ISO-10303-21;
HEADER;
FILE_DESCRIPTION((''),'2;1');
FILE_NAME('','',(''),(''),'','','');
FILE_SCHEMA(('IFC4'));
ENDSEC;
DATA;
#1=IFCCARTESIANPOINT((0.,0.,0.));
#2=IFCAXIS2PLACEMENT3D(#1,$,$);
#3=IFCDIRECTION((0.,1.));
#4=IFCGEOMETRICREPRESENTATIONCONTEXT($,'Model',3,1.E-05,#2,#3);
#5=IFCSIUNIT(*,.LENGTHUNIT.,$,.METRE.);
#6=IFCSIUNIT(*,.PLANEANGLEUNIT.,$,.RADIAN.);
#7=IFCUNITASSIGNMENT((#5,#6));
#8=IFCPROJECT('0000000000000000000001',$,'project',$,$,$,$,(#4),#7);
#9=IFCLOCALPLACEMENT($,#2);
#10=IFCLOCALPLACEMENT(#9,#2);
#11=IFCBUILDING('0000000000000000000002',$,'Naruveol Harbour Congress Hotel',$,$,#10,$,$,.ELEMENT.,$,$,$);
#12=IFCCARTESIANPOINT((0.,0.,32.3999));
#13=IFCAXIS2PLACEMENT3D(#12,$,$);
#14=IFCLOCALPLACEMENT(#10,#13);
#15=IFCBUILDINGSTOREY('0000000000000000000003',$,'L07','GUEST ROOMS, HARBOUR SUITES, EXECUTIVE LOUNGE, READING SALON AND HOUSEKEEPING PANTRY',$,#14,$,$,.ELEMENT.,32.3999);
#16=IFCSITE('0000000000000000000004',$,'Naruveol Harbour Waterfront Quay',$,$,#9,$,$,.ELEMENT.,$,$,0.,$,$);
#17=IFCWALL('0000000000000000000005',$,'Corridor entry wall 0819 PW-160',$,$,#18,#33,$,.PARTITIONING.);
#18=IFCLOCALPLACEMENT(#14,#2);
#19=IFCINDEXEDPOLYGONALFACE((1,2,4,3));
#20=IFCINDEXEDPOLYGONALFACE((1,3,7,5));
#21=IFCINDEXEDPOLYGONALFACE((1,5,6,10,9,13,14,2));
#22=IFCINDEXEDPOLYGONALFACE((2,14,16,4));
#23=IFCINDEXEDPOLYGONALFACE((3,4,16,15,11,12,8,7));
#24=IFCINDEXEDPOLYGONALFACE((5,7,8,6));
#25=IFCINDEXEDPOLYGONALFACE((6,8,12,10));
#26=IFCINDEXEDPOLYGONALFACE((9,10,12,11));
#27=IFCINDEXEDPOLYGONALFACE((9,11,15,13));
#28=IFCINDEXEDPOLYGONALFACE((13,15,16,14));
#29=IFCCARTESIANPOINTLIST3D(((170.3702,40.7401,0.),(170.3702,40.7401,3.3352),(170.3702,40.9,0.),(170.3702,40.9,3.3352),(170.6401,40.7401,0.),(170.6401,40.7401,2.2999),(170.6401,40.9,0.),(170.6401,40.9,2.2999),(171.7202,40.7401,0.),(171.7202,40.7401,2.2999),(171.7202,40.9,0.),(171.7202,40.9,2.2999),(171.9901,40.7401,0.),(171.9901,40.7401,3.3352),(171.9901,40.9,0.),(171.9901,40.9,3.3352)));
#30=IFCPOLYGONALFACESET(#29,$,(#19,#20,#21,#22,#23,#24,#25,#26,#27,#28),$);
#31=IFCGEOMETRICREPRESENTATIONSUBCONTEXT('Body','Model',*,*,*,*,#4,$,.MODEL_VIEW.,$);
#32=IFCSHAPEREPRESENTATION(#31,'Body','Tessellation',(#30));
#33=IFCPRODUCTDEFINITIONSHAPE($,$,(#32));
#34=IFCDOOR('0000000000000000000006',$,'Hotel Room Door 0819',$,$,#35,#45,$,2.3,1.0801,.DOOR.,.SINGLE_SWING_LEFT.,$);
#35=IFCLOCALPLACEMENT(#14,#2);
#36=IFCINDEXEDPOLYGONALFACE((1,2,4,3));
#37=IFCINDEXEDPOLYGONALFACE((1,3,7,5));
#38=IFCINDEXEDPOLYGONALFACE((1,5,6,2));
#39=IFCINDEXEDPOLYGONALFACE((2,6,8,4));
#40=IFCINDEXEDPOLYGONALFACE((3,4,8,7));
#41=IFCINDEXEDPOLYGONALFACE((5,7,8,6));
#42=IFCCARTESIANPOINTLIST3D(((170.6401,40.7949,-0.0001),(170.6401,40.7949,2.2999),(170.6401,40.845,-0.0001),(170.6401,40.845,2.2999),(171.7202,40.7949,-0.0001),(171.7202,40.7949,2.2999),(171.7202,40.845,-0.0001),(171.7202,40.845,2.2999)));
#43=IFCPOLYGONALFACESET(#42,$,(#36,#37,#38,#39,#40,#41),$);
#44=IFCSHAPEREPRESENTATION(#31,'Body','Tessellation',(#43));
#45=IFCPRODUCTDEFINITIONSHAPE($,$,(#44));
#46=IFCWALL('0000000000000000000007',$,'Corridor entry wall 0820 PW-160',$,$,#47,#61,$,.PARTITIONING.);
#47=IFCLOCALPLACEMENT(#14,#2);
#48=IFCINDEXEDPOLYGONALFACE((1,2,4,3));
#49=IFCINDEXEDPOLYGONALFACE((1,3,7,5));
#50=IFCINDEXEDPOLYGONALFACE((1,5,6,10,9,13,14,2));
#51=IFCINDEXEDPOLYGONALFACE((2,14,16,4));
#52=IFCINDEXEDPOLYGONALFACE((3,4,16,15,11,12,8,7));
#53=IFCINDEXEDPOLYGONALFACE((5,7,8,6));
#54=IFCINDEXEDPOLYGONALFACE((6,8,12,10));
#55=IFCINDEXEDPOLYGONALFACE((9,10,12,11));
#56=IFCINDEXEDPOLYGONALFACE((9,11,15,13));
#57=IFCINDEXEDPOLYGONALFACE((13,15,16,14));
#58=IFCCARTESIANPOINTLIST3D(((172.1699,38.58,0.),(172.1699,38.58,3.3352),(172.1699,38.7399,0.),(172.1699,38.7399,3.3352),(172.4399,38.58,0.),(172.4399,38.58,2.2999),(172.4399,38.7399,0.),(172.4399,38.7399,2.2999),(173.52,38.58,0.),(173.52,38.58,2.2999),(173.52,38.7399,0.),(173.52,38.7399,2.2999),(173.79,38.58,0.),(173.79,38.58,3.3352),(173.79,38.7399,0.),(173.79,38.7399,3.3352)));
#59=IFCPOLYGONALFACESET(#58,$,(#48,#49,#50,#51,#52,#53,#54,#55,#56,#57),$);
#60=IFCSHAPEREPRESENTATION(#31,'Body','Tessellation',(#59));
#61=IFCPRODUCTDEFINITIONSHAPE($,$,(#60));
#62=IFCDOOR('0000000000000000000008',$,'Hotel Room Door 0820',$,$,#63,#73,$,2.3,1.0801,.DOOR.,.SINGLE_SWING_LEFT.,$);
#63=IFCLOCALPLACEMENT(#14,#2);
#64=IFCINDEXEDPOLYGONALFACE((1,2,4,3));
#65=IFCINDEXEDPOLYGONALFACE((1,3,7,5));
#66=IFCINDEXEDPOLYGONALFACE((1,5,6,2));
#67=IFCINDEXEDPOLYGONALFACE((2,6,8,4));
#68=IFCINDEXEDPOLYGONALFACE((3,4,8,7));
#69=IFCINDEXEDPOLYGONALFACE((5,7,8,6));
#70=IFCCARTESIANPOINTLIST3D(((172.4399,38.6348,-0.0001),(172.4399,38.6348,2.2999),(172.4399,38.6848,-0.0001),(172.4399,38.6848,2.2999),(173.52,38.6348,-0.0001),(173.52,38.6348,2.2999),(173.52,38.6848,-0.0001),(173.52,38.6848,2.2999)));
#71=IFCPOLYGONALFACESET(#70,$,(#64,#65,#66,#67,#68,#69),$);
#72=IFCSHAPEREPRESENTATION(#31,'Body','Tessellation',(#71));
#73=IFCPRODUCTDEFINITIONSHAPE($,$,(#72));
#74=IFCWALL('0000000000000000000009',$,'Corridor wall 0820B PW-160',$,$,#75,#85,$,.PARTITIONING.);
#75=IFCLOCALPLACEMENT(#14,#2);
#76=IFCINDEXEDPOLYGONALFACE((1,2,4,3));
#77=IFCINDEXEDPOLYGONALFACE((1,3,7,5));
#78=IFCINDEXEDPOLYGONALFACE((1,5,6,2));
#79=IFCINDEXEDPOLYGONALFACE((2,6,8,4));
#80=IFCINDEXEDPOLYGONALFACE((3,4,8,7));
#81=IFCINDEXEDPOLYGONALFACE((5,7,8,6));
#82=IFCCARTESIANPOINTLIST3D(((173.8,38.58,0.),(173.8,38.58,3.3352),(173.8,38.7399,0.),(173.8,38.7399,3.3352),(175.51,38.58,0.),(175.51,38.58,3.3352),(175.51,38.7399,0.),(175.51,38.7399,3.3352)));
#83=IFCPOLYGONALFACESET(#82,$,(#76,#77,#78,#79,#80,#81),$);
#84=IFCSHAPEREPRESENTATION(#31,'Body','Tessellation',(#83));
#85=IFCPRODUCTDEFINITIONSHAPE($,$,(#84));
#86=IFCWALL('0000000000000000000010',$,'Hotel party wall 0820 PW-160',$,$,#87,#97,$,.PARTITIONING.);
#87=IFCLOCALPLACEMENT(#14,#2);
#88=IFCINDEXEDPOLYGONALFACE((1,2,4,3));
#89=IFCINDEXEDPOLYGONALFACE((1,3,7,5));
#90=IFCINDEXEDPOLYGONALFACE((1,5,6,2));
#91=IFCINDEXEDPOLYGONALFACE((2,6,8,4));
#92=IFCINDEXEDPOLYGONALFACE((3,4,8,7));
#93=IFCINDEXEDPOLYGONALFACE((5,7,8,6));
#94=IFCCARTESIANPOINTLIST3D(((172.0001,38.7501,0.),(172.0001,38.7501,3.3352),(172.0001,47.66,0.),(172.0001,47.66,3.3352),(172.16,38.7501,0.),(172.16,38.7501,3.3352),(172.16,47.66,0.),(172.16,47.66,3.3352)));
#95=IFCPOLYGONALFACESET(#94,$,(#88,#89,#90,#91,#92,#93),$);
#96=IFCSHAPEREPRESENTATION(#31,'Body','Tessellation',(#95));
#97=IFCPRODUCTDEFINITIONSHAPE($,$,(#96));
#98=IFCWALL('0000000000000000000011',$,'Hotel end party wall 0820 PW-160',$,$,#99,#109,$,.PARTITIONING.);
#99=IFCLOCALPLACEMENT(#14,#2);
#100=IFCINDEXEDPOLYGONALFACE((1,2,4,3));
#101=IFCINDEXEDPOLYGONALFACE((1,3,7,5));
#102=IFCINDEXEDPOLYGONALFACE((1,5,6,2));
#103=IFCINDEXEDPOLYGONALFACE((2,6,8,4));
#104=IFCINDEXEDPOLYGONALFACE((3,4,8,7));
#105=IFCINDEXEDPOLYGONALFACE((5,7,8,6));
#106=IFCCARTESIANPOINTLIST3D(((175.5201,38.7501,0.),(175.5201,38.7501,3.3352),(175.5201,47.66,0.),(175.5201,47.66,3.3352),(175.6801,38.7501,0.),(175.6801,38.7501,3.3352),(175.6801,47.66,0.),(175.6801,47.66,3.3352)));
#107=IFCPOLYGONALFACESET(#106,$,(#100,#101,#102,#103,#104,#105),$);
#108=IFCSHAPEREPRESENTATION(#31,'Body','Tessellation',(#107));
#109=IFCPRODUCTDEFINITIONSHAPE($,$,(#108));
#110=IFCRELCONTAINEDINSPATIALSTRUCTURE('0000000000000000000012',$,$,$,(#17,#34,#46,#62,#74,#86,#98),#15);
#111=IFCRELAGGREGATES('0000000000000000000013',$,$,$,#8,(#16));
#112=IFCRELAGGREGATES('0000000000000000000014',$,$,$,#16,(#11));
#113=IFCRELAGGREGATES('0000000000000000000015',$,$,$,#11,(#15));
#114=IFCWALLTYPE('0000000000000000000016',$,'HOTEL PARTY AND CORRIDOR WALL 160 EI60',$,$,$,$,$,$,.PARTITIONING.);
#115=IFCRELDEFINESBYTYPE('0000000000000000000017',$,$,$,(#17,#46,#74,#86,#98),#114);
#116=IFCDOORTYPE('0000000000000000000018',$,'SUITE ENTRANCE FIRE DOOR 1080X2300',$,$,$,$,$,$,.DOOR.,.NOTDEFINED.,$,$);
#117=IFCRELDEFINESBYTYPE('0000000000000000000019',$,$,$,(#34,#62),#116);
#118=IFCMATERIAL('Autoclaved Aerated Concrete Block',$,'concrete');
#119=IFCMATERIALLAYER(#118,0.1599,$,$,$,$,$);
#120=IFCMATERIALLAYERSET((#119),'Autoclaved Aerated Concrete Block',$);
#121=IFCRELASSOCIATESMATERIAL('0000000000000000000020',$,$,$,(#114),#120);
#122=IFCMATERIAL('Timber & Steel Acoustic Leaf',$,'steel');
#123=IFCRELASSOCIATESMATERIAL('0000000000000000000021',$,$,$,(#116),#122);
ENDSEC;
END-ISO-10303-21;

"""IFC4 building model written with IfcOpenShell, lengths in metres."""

from ifc_helpers import new_model, si_unit, direction, frame, frame_2d, origin, place, context, subcontext, project, spatial, rectangle, extrude, material, layer, layer_set, type_object, element, fill, save


model = new_model("IFC4")

# Units and contexts
model_context = context("Model", 3, precision=1e-05, world=origin(), true_north=direction((0.0, 1.0)))
body_context = subcontext(model_context, "Body", "Model", "MODEL_VIEW")
ifc_project = project(units=[si_unit("LENGTHUNIT", "METRE"), si_unit("PLANEANGLEUNIT", "RADIAN")], contexts=[model_context])

# Site, building, storey
site_placement = place(None, origin())
site = spatial("IfcSite", under=ifc_project, at=site_placement, Name="Naruveol Harbour Waterfront Quay", CompositionType="ELEMENT", RefElevation=0.0)
building_placement = place(site_placement, origin())
building = spatial("IfcBuilding", under=site, at=building_placement, Name="Naruveol Harbour Congress Hotel", CompositionType="ELEMENT")
storey_placement = place(building_placement, frame((0.0, 0.0, 32.3999)))
storey = spatial("IfcBuildingStorey", under=building, at=storey_placement, Name="L07", Description="GUEST ROOMS, HARBOUR SUITES, EXECUTIVE LOUNGE, READING SALON AND HOUSEKEEPING PANTRY", CompositionType="ELEMENT", Elevation=32.3999)

# Walls, openings, doors
ifc_material_1 = material(Name="Autoclaved Aerated Concrete Block", Category="concrete")
ifc_layer_1 = layer(ifc_material_1, 0.1599)
ifc_layer_set_1 = layer_set([ifc_layer_1], Name="Autoclaved Aerated Concrete Block")
wall_type_1 = type_object("IfcWallType", Name="HOTEL PARTY AND CORRIDOR WALL 160 EI60", PredefinedType="PARTITIONING", material=ifc_layer_set_1)
wall_1_placement = place(storey_placement, frame((170.3701, 40.8201, 0.0), z_axis=(0.0, 0.0, 1.0), x_axis=(1.0, 0.0, 0.0)))
wall_1 = element("IfcWall", 1, at=wall_1_placement, inside=storey, type_object=wall_type_1, Name="Corridor entry wall 0819 PW-160", PredefinedType="PARTITIONING", context=body_context, shape_type="SweptSolid", body=[
    extrude(rectangle(XDim=1.6199, YDim=0.1599, at=frame_2d((0.8101, 0.0))), origin(), (0.0, 0.0, 1.0), 3.3352),
])
opening_1_placement = place(wall_1_placement, frame((0.27, 0.0, 0.0)))
opening_1 = element("IfcOpeningElement", 2, at=opening_1_placement, cuts=wall_1, PredefinedType="OPENING", context=body_context, shape_type="SweptSolid", body=[
    extrude(rectangle(XDim=1.0801, YDim=2.3, at=frame_2d((0.54, 1.1499))), frame((0.0, 0.0898, 0.0), z_axis=(0.0, -1.0, 0.0), x_axis=(1.0, 0.0, 0.0)), (0.0, 0.0, 1.0), 0.1799),
])
ifc_material_2 = material(Name="Timber & Steel Acoustic Leaf", Category="steel")
door_type_1 = type_object("IfcDoorType", Name="SUITE ENTRANCE FIRE DOOR 1080X2300", OperationType="NOTDEFINED", PredefinedType="DOOR", material=ifc_material_2)
door_1_placement = place(opening_1_placement, origin())
door_1 = element("IfcDoor", 3, at=door_1_placement, inside=storey, type_object=door_type_1, Name="Hotel Room Door 0819", OperationType="SINGLE_SWING_LEFT", OverallHeight=2.3, OverallWidth=1.0801, PredefinedType="DOOR", context=body_context, shape_type="SweptSolid", body=[
    extrude(rectangle(XDim=1.0801, YDim=2.3, at=frame_2d((0.54, 1.1499))), frame((0.0, 0.0249, 0.0), z_axis=(0.0, -1.0, 0.0), x_axis=(1.0, 0.0, 0.0)), (0.0, 0.0, 1.0), 0.05),
])
fill(opening_1, door_1)
wall_2_placement = place(storey_placement, frame((172.1699, 38.6599, 0.0), z_axis=(0.0, 0.0, 1.0), x_axis=(1.0, 0.0, 0.0)))
wall_2 = element("IfcWall", 4, at=wall_2_placement, inside=storey, type_object=wall_type_1, Name="Corridor entry wall 0820 PW-160", PredefinedType="PARTITIONING", context=body_context, shape_type="SweptSolid", body=[
    extrude(rectangle(XDim=1.6201, YDim=0.1599, at=frame_2d((0.8101, 0.0))), origin(), (0.0, 0.0, 1.0), 3.3352),
])
opening_2_placement = place(wall_2_placement, frame((0.27, 0.0, 0.0)))
opening_2 = element("IfcOpeningElement", 5, at=opening_2_placement, cuts=wall_2, PredefinedType="OPENING", context=body_context, shape_type="SweptSolid", body=[
    extrude(rectangle(XDim=1.0801, YDim=2.3, at=frame_2d((0.54, 1.1499))), frame((0.0, 0.0898, 0.0), z_axis=(0.0, -1.0, 0.0), x_axis=(1.0, 0.0, 0.0)), (0.0, 0.0, 1.0), 0.1799),
])
door_2_placement = place(opening_2_placement, origin())
door_2 = element("IfcDoor", 6, at=door_2_placement, inside=storey, type_object=door_type_1, Name="Hotel Room Door 0820", OperationType="SINGLE_SWING_LEFT", OverallHeight=2.3, OverallWidth=1.0801, PredefinedType="DOOR", context=body_context, shape_type="SweptSolid", body=[
    extrude(rectangle(XDim=1.0801, YDim=2.3, at=frame_2d((0.54, 1.1499))), frame((0.0, 0.0249, 0.0), z_axis=(0.0, -1.0, 0.0), x_axis=(1.0, 0.0, 0.0)), (0.0, 0.0, 1.0), 0.05),
])
fill(opening_2, door_2)

# Walls
wall_3_placement = place(storey_placement, frame((173.8, 38.6599, 0.0), z_axis=(0.0, 0.0, 1.0), x_axis=(1.0, 0.0, 0.0)))
element("IfcWall", 7, at=wall_3_placement, inside=storey, type_object=wall_type_1, Name="Corridor wall 0820B PW-160", PredefinedType="PARTITIONING", context=body_context, shape_type="SweptSolid", body=[
    extrude(rectangle(XDim=1.71, YDim=0.1599, at=frame_2d((0.855, 0.0))), origin(), (0.0, 0.0, 1.0), 3.3352),
])
for number, where, z_axis, x_axis, name in (
    (8, (172.0801, 38.75, 0.0), (0.0, 0.0, 1.0), (0.0, 1.0, 0.0), "Hotel party wall 0820 PW-160"),
    (9, (175.6001, 38.75, 0.0), (0.0, 0.0, 1.0), (0.0, 1.0, 0.0), "Hotel end party wall 0820 PW-160"),
):
    element("IfcWall", number, at=place(storey_placement, frame(where, z_axis=z_axis, x_axis=x_axis)), inside=storey, type_object=wall_type_1, Name=name, PredefinedType="PARTITIONING", context=body_context, shape_type="SweptSolid", body=[
        extrude(rectangle(XDim=8.9099, YDim=0.1599, at=frame_2d((4.4551, 0.0))), origin(), (0.0, 0.0, 1.0), 3.3352),
    ])

save(model, "model.ifc")
